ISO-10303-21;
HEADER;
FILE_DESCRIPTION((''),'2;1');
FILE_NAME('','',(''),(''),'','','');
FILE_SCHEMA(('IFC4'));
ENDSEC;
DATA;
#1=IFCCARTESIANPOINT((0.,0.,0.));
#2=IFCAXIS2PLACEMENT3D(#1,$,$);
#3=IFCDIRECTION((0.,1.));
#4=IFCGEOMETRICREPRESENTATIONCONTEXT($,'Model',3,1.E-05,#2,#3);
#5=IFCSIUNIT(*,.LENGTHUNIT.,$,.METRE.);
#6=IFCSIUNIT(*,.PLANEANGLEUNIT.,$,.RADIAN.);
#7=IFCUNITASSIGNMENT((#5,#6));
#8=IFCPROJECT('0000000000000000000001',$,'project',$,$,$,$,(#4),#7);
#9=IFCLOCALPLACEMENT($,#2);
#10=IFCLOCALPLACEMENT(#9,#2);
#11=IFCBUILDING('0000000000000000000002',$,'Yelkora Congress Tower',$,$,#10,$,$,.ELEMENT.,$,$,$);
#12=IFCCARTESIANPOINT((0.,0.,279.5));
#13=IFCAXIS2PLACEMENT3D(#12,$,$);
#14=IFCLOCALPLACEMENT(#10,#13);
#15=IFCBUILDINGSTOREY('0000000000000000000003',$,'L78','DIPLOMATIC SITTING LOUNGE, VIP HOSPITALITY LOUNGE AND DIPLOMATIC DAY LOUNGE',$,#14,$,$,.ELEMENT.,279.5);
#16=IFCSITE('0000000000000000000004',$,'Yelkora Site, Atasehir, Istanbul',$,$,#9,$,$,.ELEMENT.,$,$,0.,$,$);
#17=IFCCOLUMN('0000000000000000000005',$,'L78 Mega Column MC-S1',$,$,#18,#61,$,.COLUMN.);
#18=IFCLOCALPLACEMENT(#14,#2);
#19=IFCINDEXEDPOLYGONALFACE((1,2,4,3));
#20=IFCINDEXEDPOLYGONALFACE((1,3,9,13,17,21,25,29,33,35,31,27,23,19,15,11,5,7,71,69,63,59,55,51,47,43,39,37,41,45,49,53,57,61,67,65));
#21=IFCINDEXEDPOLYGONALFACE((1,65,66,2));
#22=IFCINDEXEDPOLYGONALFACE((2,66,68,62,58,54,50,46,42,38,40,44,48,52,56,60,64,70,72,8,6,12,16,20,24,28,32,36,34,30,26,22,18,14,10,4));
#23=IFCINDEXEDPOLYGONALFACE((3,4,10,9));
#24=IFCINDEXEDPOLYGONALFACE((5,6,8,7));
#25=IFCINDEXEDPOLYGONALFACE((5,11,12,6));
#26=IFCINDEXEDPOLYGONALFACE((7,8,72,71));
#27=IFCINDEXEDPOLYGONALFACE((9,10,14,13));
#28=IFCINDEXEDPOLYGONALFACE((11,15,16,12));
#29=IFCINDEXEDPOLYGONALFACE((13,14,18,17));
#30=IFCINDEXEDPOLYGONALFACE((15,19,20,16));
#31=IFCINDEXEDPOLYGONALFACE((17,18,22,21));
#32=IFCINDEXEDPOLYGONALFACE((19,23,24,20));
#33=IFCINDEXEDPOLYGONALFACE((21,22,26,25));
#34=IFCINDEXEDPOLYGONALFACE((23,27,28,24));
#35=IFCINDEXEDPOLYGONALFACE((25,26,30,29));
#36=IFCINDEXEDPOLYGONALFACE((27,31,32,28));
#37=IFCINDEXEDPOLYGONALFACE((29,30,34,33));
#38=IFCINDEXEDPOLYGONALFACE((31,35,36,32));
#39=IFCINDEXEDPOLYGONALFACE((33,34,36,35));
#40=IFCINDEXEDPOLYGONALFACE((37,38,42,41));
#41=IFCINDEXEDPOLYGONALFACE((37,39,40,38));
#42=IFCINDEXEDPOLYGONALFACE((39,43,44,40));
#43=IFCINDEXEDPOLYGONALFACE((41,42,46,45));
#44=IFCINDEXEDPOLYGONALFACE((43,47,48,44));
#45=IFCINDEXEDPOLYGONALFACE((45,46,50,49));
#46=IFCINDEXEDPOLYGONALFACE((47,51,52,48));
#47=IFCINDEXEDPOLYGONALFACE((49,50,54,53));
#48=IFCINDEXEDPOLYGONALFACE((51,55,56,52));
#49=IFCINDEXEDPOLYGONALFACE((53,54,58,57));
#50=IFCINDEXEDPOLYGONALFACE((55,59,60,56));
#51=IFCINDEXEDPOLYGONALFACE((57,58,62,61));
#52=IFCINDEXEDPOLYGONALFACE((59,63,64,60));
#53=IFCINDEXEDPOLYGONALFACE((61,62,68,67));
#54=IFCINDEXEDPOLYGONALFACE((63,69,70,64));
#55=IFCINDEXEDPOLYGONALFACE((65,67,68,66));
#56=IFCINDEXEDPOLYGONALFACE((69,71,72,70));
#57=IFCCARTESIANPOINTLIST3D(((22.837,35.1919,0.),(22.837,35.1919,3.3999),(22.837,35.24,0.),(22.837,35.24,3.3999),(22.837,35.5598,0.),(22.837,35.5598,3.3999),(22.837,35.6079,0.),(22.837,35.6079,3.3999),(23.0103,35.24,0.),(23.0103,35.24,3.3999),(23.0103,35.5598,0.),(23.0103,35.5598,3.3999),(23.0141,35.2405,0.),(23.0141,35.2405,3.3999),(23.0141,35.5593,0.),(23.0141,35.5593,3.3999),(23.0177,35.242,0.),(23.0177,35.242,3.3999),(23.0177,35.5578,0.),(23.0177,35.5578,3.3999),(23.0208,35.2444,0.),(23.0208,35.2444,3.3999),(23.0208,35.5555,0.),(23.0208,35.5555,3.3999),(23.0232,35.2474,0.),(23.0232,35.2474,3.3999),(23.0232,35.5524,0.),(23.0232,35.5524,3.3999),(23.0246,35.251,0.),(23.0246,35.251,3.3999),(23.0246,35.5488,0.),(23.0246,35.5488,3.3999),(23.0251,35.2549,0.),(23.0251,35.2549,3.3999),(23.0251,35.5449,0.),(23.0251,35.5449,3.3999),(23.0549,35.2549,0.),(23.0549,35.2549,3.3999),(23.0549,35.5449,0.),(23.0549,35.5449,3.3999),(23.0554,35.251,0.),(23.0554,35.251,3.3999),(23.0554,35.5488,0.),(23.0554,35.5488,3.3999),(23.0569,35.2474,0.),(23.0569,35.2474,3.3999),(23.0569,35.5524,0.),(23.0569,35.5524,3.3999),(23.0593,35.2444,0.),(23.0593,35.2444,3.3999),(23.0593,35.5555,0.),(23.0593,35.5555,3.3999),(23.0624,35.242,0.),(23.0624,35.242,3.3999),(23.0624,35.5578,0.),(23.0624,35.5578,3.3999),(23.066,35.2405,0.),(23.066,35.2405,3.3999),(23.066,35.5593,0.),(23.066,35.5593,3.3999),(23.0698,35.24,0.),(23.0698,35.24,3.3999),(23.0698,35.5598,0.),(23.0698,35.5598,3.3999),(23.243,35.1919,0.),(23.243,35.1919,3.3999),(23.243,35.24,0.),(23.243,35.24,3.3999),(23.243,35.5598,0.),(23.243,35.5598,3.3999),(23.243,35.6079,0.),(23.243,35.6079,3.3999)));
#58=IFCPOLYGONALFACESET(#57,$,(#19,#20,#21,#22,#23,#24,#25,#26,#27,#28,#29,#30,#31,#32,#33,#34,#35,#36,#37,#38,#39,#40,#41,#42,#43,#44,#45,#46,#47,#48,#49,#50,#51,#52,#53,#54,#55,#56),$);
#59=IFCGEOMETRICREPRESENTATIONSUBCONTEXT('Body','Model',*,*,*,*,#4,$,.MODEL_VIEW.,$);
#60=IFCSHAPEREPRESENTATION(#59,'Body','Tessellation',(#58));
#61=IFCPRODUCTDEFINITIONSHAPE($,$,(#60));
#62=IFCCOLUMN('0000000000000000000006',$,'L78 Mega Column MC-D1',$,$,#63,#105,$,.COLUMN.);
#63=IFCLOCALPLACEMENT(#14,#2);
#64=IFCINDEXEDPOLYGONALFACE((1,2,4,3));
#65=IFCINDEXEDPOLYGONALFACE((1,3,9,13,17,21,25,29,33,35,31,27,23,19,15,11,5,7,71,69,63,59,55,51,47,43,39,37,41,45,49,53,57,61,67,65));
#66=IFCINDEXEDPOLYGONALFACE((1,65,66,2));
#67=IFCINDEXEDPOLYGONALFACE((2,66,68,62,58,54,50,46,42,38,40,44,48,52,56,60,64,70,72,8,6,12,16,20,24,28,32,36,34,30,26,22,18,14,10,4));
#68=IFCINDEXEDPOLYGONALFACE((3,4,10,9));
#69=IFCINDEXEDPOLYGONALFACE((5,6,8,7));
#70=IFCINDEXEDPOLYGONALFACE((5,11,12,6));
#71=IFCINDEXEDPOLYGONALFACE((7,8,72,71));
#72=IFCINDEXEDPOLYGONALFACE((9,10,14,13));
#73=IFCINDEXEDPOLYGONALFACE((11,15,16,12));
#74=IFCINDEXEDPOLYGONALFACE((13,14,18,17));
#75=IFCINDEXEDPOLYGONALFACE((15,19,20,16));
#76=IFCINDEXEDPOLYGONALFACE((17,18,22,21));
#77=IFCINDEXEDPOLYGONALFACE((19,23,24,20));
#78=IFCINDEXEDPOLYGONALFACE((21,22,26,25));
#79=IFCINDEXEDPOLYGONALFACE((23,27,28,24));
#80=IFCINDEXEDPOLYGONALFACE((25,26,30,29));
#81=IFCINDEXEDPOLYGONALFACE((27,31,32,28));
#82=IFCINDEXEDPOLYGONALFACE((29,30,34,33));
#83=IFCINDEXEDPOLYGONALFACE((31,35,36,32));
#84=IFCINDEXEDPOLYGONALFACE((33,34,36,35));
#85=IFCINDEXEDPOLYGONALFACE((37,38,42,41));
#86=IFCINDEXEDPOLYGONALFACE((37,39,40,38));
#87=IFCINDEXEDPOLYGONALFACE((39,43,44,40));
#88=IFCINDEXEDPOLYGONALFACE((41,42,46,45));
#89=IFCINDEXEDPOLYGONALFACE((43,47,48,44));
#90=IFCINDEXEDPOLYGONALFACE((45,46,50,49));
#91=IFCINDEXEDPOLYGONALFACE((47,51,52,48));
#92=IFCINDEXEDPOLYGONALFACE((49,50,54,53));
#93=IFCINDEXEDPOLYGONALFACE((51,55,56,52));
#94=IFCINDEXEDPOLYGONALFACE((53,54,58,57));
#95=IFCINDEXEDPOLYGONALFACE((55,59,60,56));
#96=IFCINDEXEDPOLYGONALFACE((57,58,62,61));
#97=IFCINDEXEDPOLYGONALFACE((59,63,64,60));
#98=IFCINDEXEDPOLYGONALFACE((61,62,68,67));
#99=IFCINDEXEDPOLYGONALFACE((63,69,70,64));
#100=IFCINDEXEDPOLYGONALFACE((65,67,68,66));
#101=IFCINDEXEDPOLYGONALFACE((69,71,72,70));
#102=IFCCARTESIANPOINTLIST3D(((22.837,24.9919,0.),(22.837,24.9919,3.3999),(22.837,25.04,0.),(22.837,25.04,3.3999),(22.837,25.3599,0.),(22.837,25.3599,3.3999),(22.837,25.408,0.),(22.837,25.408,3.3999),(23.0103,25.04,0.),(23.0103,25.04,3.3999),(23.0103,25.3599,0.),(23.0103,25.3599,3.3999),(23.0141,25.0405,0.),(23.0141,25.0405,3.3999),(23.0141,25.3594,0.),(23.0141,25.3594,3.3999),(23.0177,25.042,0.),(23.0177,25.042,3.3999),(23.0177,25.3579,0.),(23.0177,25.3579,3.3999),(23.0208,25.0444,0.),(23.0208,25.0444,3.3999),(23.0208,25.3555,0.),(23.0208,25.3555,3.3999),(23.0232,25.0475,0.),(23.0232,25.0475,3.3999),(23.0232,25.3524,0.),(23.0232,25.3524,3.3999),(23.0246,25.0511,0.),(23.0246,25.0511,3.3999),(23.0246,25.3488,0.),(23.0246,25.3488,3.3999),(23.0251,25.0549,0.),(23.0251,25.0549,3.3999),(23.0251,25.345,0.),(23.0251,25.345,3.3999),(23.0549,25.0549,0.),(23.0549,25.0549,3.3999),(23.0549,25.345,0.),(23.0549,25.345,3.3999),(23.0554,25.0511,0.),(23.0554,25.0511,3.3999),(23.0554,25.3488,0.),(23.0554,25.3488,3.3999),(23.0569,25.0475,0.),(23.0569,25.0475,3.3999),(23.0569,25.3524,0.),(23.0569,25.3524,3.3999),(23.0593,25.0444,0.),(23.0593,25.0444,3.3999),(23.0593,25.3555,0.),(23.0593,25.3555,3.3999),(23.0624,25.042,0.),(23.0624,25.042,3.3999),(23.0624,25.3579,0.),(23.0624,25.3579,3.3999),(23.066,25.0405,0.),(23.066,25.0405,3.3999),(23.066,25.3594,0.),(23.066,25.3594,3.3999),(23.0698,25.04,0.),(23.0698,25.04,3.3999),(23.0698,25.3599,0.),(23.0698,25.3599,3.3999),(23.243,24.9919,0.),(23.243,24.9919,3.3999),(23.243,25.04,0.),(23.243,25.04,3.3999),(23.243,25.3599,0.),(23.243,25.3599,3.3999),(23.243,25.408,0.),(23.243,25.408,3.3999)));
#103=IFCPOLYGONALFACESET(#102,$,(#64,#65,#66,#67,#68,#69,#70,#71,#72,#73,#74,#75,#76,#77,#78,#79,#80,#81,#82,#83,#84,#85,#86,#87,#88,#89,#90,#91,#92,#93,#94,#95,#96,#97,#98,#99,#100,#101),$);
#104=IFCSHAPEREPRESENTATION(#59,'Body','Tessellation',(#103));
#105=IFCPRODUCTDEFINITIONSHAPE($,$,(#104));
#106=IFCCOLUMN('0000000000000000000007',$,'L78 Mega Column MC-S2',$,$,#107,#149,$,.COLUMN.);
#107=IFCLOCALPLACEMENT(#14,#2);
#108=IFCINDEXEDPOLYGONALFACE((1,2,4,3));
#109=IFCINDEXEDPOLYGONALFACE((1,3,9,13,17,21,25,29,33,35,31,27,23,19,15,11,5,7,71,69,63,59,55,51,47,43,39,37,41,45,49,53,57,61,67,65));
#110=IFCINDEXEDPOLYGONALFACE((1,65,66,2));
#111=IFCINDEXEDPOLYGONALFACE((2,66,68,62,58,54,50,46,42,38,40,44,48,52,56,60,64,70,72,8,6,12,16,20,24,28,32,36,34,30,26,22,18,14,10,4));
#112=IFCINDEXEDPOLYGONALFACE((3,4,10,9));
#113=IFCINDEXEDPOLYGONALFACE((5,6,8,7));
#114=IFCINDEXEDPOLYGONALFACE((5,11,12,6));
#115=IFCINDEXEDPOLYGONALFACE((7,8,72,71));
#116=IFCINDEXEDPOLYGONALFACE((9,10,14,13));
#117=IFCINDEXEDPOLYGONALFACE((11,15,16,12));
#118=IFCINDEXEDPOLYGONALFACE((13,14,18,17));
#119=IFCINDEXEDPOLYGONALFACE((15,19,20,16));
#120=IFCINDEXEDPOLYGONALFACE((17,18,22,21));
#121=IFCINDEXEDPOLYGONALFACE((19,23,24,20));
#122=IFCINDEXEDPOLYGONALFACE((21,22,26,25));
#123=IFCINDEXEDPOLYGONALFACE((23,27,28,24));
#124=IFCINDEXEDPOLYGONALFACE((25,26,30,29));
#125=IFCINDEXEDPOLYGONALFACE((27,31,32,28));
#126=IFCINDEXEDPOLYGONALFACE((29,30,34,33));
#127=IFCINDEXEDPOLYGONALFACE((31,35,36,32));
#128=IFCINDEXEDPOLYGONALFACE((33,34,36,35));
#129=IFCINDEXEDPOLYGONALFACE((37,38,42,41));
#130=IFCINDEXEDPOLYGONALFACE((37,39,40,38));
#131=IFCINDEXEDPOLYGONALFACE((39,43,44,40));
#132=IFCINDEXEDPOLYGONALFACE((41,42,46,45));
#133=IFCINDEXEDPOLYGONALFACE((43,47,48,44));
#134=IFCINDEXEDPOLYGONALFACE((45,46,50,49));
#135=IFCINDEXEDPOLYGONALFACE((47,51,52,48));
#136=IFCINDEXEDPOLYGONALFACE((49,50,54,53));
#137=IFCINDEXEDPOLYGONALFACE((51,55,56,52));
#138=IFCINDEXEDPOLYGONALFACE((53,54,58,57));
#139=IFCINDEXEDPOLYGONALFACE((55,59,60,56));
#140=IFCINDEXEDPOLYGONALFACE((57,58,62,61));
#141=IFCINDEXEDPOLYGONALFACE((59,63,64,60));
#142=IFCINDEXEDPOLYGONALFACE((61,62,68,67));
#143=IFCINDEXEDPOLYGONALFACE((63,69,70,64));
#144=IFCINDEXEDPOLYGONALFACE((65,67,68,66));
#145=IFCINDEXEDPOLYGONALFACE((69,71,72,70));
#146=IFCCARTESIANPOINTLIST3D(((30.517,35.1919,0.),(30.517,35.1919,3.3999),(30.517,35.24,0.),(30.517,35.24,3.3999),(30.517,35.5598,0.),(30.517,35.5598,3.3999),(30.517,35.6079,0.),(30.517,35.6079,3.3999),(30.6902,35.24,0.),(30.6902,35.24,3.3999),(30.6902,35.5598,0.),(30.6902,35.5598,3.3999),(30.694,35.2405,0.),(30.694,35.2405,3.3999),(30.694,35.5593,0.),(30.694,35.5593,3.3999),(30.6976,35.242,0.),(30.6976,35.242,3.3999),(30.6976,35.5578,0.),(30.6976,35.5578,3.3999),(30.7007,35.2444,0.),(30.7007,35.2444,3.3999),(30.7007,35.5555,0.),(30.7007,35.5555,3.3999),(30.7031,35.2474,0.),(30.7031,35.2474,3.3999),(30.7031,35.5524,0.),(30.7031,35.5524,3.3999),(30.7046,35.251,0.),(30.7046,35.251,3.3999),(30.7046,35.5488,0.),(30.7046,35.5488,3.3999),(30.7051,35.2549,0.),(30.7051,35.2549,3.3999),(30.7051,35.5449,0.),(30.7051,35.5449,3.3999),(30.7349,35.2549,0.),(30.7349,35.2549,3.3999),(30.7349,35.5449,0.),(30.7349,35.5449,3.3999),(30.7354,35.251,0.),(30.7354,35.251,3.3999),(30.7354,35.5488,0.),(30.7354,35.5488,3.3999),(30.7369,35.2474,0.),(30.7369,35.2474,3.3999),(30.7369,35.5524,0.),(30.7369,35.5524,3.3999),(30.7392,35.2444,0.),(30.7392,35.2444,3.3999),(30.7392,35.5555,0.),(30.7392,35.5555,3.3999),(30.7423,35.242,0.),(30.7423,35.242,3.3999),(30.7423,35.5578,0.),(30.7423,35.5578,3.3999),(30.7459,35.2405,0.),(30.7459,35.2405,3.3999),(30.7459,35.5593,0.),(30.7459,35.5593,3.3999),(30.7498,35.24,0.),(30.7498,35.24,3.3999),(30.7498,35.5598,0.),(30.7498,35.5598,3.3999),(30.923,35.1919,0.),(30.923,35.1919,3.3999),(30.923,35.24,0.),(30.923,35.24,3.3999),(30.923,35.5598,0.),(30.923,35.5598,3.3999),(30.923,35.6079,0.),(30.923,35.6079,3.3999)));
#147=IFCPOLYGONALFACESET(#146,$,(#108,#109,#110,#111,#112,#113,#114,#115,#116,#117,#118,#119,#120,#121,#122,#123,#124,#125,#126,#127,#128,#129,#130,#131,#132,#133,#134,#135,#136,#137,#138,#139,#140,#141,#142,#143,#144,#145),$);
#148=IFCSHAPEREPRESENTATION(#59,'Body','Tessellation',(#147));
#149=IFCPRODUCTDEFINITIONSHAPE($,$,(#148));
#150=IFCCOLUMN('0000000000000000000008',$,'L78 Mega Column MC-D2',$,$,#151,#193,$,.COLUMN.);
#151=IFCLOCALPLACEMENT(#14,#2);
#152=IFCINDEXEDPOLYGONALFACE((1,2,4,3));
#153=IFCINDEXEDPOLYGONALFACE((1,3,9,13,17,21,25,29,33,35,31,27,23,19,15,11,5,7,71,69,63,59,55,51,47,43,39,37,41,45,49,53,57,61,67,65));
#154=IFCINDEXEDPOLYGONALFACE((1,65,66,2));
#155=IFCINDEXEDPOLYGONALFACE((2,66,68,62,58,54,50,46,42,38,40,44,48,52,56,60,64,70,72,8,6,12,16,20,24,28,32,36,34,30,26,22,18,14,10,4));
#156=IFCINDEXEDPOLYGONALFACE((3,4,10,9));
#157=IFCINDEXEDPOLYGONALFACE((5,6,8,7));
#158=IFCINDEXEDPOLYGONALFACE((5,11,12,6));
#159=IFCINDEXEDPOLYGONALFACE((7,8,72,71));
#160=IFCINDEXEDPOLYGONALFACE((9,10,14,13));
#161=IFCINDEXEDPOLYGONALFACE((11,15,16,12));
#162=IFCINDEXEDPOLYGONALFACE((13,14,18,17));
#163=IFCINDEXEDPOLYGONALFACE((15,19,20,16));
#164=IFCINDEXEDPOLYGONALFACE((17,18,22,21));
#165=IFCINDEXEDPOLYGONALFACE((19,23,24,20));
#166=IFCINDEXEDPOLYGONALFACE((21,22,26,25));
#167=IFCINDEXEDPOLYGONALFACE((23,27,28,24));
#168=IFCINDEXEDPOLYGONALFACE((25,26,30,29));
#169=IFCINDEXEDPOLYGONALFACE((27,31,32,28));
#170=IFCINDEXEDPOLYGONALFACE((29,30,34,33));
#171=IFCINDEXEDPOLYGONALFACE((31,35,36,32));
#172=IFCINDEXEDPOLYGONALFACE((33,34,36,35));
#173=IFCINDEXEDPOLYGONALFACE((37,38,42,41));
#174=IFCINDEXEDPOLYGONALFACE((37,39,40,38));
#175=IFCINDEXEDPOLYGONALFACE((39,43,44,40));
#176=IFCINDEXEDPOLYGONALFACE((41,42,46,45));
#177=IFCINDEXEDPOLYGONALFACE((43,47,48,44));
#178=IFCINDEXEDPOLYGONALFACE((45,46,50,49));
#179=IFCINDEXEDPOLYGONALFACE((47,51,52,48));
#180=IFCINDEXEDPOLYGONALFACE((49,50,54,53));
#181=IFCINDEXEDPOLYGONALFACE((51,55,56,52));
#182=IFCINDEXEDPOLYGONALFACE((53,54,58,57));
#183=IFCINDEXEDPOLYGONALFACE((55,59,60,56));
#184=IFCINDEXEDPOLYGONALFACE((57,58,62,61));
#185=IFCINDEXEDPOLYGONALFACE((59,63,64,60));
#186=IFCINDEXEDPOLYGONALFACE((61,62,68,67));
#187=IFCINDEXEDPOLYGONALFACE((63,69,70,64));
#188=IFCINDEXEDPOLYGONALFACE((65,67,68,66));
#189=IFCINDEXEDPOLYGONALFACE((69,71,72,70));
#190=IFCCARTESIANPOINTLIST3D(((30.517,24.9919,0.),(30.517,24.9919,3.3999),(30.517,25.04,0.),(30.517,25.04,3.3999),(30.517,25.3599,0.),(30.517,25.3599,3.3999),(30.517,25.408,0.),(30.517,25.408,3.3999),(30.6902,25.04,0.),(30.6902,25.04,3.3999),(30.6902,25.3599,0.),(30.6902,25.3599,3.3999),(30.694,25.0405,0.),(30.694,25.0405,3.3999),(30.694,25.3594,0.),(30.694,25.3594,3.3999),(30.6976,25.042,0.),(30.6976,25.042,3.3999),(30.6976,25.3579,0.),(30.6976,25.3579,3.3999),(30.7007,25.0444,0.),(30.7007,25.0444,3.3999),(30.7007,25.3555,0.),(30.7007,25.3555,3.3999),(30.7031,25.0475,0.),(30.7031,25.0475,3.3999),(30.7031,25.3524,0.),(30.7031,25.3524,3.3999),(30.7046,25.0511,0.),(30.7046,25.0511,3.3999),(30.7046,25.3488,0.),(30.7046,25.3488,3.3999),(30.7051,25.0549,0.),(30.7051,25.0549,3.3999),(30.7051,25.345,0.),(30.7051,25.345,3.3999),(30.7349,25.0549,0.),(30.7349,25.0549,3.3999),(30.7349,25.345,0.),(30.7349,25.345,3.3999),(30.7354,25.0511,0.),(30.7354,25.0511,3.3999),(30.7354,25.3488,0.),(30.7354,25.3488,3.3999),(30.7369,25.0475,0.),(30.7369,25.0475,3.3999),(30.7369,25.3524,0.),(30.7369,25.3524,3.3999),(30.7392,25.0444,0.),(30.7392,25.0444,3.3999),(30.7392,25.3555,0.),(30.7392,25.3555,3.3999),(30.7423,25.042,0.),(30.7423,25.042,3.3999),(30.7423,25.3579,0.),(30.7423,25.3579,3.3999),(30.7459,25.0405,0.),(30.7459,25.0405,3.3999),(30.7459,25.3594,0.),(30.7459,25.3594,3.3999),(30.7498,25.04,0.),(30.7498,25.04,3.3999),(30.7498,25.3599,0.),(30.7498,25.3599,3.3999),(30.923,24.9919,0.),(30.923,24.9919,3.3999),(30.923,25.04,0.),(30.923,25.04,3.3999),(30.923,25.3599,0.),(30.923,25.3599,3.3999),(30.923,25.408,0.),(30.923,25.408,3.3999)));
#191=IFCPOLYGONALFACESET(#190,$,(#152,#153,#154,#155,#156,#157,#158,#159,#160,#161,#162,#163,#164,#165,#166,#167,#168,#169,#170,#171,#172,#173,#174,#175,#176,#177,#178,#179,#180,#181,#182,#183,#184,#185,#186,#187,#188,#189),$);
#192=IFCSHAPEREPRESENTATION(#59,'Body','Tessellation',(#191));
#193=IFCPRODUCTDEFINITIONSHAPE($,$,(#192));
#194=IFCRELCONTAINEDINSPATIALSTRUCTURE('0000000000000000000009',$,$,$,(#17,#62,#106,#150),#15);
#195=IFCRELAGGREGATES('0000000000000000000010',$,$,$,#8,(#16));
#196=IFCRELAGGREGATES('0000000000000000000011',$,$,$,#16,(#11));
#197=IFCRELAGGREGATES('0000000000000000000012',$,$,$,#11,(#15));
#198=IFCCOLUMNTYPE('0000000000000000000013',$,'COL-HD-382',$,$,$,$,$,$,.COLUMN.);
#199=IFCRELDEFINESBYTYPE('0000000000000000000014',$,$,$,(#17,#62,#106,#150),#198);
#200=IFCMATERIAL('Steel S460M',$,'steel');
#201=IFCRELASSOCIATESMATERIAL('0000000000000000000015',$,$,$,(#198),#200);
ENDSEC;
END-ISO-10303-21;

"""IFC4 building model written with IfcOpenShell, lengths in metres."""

from ifc_helpers import new_model, si_unit, direction, frame, origin, origin_2d, place, context, subcontext, project, spatial, i_section, extrude, material, material_profile, profile_set, type_object, element, save


model = new_model("IFC4")

# Units and contexts
model_context = context("Model", 3, precision=1e-05, world=origin(), true_north=direction((0.0, 1.0)))
body_context = subcontext(model_context, "Body", "Model", "MODEL_VIEW")
ifc_project = project(units=[si_unit("LENGTHUNIT", "METRE"), si_unit("PLANEANGLEUNIT", "RADIAN")], contexts=[model_context])

# Site, building, storey
site_placement = place(None, origin())
site = spatial("IfcSite", under=ifc_project, at=site_placement, Name="Yelkora Site, Atasehir, Istanbul", CompositionType="ELEMENT", RefElevation=0.0)
building_placement = place(site_placement, origin())
building = spatial("IfcBuilding", under=site, at=building_placement, Name="Yelkora Congress Tower", CompositionType="ELEMENT")
storey_placement = place(building_placement, frame((0.0, 0.0, 279.5)))
storey = spatial("IfcBuildingStorey", under=building, at=storey_placement, Name="L78", Description="DIPLOMATIC SITTING LOUNGE, VIP HOSPITALITY LOUNGE AND DIPLOMATIC DAY LOUNGE", CompositionType="ELEMENT", Elevation=279.5)

# Columns
ifc_material_1 = material(Name="Steel S460M", Category="steel")
ifc_material_profile_1 = material_profile(ifc_material_1, i_section(OverallWidth=0.406, OverallDepth=0.416, WebThickness=0.0298, FlangeThickness=0.0481, FilletRadius=0.0149, at=origin_2d()), Name="HD 400x382")
ifc_profile_set_1 = profile_set([ifc_material_profile_1], Name="Steel S460M")
column_type = type_object("IfcColumnType", Name="COL-HD-382", PredefinedType="COLUMN", material=ifc_profile_set_1)
for number, where, z_axis, x_axis, name in (
    (1, (23.04, 35.3999, 0.0), (0.0, 0.0, 1.0), (1.0, 0.0, 0.0), "L78 Mega Column MC-S1"),
    (2, (23.04, 25.2, 0.0), (0.0, 0.0, 1.0), (1.0, 0.0, 0.0), "L78 Mega Column MC-D1"),
    (3, (30.72, 35.3999, 0.0), (0.0, 0.0, 1.0), (1.0, 0.0, 0.0), "L78 Mega Column MC-S2"),
    (4, (30.72, 25.2, 0.0), (0.0, 0.0, 1.0), (1.0, 0.0, 0.0), "L78 Mega Column MC-D2"),
):
    element("IfcColumn", number, at=place(storey_placement, frame(where, z_axis=z_axis, x_axis=x_axis)), inside=storey, type_object=column_type, Name=name, PredefinedType="COLUMN", context=body_context, shape_type="SweptSolid", body=[
        extrude(i_section(OverallWidth=0.406, OverallDepth=0.416, WebThickness=0.0298, FlangeThickness=0.0481, FilletRadius=0.0149, at=origin_2d()), origin(), (0.0, 0.0, 1.0), 3.3999),
    ])

save(model, "model.ifc")
